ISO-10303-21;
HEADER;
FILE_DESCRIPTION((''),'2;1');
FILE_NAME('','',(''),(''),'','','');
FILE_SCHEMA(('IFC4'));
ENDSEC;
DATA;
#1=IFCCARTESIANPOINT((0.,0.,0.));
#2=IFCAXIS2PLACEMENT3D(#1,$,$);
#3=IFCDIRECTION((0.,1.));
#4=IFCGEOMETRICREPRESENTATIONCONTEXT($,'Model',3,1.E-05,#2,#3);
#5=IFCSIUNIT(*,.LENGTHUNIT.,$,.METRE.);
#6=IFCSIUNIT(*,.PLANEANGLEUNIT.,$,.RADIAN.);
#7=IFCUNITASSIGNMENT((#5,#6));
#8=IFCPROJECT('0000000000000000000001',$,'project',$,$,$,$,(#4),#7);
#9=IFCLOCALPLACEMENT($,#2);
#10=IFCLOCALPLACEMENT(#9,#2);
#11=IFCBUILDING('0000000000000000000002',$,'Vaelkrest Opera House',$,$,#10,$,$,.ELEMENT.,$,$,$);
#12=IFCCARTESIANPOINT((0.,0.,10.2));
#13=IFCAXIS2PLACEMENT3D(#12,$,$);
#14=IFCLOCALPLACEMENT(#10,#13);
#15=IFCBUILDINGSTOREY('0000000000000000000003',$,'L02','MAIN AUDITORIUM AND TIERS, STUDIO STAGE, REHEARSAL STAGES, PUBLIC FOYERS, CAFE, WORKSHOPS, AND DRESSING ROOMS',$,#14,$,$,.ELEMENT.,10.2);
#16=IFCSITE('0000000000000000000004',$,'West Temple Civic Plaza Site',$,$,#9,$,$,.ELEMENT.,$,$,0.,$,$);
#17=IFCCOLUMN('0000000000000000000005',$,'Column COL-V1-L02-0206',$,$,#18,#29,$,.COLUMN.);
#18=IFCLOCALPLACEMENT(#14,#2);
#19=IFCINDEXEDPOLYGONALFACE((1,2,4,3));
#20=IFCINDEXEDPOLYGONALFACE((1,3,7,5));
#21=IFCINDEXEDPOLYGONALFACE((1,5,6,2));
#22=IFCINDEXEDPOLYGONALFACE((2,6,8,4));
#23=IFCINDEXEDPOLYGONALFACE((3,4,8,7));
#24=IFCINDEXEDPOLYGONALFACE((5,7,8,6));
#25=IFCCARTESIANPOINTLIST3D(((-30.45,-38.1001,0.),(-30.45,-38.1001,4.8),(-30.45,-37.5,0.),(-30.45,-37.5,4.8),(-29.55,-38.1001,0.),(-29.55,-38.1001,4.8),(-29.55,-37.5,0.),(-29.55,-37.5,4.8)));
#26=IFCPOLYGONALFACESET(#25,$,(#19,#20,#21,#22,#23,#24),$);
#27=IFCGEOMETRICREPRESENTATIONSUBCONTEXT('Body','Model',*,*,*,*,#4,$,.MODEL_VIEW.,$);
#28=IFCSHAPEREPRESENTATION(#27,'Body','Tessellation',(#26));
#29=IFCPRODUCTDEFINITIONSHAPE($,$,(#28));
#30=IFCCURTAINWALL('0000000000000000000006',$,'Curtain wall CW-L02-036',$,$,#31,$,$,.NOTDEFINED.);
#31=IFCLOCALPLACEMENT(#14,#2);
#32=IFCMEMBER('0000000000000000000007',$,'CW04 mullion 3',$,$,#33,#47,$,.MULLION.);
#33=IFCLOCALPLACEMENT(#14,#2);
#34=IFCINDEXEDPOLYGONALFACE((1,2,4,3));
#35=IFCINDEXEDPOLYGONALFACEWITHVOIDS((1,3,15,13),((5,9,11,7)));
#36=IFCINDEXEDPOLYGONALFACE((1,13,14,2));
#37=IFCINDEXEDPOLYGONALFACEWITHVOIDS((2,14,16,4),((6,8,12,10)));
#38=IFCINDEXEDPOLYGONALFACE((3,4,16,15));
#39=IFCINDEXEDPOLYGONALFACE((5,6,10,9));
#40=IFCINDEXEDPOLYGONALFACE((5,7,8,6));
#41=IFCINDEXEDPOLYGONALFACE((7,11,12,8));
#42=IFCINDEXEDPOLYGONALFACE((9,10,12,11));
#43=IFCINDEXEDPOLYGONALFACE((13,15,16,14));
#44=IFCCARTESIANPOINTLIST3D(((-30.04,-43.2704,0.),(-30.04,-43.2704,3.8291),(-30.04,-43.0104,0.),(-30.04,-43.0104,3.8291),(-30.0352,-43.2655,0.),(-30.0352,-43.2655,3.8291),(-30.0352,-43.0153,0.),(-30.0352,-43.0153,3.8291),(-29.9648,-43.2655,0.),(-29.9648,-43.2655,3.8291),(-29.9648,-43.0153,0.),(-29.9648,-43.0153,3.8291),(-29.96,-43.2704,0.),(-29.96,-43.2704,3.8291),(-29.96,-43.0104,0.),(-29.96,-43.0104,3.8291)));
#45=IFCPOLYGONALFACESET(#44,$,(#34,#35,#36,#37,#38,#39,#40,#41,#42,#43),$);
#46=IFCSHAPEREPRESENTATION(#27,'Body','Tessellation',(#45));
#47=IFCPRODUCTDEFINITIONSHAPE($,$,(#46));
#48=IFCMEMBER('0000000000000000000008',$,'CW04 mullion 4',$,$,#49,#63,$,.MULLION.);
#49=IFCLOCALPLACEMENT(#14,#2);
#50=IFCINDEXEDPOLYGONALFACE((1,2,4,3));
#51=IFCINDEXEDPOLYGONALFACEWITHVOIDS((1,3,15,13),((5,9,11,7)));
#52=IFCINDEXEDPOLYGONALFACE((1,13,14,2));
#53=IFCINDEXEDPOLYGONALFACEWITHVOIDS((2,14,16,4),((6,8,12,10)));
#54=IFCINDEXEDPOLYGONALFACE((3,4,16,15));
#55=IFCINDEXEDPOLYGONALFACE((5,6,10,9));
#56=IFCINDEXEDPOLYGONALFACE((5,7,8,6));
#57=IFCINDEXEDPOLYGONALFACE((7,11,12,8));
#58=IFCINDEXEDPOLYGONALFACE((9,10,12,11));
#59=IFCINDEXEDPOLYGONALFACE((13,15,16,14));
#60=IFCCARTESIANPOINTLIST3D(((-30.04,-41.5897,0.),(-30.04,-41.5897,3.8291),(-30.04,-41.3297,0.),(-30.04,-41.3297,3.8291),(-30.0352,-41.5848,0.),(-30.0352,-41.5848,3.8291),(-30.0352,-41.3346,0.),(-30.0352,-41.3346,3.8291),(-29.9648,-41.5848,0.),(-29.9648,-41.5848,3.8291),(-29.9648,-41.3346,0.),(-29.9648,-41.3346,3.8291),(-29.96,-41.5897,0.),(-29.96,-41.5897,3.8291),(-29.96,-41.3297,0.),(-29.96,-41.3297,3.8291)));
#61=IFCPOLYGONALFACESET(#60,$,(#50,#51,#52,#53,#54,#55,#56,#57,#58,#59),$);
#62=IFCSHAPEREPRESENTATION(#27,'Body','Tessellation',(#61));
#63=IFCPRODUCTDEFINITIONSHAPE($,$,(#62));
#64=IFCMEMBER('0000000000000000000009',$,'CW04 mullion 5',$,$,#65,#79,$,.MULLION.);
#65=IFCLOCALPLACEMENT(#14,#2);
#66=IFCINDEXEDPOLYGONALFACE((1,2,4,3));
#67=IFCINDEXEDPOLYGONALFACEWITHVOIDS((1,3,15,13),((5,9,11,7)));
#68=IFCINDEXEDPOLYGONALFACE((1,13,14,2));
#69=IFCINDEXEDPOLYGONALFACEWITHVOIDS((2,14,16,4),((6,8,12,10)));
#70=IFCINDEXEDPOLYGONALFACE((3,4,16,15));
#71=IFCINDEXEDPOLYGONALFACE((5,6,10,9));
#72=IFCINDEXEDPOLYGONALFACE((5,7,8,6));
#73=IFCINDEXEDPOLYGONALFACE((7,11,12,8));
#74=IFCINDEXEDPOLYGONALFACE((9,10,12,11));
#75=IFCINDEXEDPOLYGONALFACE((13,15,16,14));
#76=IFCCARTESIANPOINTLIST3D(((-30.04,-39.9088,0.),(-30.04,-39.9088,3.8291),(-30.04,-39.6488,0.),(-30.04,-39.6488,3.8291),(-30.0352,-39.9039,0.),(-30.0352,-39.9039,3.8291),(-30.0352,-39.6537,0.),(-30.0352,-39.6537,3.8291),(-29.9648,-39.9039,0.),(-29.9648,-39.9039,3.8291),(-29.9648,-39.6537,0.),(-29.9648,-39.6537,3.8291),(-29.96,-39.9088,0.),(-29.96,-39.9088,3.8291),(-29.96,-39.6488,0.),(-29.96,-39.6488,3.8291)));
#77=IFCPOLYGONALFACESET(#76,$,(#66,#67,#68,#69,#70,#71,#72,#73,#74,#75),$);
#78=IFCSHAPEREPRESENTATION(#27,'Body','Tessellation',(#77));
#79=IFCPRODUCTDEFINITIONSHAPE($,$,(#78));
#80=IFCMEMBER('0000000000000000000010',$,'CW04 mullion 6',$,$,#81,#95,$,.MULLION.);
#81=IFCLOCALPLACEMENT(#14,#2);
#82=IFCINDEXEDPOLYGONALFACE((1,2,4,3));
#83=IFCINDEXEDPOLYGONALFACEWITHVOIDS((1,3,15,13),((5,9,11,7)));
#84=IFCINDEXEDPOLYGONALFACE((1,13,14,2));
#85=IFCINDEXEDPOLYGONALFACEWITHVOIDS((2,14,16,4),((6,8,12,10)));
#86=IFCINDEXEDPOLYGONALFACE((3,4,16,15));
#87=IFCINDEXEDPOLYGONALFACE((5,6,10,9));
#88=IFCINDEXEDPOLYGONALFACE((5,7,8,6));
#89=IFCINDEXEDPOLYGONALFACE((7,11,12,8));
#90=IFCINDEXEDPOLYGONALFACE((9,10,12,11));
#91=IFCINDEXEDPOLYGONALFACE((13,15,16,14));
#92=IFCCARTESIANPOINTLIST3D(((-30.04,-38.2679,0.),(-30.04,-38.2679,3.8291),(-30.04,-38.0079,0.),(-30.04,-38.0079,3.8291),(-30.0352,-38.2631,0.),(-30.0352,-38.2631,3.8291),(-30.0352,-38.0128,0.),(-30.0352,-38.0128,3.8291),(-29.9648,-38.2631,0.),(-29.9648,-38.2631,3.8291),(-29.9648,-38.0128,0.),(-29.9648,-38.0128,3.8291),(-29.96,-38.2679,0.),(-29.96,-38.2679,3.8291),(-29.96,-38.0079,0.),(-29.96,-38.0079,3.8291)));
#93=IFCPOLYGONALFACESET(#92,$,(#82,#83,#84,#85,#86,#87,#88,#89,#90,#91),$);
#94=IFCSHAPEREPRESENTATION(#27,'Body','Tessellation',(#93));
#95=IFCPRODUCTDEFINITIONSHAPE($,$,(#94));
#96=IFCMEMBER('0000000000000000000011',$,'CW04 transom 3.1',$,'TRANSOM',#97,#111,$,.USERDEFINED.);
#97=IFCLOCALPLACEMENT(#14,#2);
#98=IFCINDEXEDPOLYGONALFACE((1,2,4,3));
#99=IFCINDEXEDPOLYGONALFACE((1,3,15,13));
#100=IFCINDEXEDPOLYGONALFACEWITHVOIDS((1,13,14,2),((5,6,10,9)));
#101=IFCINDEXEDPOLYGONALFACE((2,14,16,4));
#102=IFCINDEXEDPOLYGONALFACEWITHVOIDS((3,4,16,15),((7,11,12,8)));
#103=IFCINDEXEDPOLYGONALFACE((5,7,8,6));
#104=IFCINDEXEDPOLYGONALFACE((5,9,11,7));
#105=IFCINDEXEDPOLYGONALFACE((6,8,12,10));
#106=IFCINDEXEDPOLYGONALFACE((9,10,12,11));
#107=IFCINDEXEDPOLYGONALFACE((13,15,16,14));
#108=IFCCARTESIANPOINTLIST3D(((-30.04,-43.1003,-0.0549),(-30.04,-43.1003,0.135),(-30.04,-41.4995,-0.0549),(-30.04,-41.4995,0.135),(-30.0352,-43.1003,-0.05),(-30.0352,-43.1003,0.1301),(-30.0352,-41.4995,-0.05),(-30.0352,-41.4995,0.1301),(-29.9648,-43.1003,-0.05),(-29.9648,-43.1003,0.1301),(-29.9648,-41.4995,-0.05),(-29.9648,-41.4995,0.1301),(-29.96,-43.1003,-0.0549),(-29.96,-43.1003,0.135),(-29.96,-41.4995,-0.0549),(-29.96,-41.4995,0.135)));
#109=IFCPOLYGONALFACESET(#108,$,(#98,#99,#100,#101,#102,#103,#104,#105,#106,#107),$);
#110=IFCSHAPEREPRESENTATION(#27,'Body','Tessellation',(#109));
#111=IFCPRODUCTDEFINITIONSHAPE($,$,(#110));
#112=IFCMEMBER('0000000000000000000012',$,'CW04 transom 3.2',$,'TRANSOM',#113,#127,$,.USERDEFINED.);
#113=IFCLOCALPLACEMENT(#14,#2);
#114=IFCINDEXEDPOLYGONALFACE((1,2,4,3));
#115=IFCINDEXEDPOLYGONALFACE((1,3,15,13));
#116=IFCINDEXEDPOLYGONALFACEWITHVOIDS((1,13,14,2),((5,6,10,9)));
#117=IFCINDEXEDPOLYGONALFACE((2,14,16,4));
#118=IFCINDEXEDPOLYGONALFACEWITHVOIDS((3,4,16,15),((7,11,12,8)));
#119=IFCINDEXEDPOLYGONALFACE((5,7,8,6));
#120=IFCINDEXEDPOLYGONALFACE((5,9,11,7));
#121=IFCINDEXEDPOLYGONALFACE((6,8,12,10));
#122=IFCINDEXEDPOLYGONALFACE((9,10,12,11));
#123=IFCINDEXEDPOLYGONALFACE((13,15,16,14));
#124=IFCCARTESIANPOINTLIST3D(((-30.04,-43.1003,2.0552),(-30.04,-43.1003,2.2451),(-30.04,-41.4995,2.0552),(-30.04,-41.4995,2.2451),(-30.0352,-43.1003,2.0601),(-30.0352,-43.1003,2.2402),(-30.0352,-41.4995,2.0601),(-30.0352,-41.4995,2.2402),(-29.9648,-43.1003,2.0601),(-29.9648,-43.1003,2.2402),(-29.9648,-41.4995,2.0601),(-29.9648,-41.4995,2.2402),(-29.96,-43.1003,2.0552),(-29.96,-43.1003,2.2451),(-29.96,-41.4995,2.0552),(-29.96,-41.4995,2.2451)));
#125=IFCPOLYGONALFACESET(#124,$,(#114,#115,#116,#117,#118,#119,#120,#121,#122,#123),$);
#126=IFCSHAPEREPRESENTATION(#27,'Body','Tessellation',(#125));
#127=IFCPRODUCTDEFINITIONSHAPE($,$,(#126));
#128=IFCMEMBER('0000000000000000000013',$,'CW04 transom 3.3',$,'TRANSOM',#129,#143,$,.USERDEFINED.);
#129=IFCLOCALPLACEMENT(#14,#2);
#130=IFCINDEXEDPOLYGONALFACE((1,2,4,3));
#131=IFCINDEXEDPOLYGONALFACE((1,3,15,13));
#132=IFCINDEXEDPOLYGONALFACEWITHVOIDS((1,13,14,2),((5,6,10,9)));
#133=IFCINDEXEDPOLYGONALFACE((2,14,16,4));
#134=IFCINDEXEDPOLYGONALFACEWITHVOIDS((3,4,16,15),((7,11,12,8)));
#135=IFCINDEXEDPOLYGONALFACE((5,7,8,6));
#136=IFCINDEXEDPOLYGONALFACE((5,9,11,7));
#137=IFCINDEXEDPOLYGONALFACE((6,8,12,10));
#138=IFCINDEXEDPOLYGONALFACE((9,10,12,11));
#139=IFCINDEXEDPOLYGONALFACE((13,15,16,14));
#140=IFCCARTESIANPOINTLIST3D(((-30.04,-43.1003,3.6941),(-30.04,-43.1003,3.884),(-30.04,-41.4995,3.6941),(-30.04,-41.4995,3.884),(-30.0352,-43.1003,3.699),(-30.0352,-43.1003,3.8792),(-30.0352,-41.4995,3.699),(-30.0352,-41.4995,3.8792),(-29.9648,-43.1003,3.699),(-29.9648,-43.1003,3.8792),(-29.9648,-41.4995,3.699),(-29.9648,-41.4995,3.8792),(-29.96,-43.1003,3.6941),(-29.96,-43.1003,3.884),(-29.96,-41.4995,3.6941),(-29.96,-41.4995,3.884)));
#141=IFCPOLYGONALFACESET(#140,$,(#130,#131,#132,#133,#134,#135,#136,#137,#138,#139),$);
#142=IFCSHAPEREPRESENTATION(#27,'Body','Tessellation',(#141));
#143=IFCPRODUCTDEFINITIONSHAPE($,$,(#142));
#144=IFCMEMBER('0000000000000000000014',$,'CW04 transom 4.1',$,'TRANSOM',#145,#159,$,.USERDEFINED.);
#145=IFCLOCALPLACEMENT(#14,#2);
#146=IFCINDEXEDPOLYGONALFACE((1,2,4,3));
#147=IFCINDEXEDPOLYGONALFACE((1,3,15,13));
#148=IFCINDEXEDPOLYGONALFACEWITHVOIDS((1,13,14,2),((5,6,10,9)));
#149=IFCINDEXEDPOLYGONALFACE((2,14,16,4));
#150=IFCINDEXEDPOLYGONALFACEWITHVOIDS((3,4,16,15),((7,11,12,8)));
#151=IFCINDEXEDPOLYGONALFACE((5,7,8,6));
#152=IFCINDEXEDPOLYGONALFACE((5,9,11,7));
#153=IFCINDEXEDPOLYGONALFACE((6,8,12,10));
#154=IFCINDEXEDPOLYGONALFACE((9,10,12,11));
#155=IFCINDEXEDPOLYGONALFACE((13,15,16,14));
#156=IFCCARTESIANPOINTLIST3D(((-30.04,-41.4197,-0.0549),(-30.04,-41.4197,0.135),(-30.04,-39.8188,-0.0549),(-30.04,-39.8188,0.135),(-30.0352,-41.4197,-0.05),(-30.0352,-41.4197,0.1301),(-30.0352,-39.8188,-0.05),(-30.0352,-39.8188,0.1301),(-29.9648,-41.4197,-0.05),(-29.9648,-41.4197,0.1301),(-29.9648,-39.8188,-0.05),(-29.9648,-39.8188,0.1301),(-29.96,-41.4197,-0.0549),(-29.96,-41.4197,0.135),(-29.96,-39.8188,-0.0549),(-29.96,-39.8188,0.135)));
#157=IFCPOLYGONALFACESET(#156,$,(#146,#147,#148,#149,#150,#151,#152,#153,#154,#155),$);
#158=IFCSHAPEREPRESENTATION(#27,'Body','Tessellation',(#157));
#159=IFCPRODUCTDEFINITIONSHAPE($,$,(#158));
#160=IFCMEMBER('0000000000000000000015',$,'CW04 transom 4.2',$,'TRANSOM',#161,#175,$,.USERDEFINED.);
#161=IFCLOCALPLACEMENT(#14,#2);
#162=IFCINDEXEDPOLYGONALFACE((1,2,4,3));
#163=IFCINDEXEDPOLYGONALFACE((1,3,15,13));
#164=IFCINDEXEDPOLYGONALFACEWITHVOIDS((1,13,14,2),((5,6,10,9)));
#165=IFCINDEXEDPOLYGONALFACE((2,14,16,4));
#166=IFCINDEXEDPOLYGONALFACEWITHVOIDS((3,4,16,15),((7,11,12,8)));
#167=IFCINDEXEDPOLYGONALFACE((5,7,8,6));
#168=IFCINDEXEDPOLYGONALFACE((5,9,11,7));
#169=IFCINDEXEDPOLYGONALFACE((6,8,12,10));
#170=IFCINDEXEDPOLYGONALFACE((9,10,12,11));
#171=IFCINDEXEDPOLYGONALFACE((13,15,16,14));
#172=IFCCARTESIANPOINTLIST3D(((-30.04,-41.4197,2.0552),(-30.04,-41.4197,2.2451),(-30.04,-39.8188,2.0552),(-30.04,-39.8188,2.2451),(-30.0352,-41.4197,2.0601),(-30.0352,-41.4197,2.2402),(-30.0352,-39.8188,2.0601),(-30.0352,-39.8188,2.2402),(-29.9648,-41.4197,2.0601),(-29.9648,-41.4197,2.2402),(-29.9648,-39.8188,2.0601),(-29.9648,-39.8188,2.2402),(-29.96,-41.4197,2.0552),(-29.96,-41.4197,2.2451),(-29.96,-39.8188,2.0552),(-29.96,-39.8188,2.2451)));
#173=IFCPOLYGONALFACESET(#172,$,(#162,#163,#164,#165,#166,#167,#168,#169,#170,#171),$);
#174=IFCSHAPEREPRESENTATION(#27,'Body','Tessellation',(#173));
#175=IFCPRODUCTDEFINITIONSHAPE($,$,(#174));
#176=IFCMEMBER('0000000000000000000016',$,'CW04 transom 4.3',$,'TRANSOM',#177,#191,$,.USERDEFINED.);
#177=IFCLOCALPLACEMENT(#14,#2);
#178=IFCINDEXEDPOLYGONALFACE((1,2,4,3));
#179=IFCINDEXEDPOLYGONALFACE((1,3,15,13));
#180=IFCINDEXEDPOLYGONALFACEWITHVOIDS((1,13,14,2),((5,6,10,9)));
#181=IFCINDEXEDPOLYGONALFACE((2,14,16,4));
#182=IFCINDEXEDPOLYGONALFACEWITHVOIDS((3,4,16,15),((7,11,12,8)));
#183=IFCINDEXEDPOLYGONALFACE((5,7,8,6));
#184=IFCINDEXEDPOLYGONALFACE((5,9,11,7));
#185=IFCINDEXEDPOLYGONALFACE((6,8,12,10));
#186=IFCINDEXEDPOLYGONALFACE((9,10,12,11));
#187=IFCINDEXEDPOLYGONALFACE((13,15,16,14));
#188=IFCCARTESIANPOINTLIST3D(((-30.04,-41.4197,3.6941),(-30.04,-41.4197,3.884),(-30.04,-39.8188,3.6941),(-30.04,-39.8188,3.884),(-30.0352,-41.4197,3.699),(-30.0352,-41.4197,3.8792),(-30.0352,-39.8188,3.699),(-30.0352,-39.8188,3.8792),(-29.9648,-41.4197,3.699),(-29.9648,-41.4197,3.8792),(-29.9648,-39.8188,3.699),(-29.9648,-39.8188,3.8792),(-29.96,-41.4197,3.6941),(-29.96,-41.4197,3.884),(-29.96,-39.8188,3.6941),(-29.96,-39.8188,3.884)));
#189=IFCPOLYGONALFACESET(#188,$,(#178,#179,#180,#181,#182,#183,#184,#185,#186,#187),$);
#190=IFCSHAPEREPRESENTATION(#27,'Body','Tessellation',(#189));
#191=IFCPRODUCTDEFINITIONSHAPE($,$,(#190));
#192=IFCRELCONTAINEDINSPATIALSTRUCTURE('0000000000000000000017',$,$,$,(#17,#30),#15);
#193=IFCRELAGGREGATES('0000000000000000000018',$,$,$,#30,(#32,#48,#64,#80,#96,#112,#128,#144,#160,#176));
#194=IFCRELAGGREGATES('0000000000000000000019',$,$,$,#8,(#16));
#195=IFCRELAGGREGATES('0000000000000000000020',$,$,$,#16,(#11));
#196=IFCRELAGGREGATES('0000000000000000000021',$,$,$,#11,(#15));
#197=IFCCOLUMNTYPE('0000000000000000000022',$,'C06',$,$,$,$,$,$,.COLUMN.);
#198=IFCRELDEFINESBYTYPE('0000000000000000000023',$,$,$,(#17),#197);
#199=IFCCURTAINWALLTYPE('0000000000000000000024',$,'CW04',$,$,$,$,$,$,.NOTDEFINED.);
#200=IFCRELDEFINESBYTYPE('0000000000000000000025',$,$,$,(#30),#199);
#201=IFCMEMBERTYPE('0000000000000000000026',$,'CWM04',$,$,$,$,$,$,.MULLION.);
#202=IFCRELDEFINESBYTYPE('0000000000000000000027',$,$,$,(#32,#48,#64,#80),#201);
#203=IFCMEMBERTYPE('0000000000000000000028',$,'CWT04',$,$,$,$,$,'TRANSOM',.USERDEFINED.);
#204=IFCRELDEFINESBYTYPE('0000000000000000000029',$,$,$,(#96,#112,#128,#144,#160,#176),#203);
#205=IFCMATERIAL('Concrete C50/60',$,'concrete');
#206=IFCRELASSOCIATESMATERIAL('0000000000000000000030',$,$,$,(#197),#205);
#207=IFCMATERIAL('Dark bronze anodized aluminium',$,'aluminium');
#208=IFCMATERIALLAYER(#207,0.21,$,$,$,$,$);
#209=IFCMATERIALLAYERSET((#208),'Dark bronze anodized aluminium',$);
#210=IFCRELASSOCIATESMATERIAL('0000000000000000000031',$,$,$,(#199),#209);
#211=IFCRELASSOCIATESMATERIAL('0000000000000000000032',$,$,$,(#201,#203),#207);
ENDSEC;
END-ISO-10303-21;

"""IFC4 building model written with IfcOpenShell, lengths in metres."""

from ifc_helpers import new_model, si_unit, direction, frame, origin, origin_2d, place, context, subcontext, project, spatial, rectangle, hollow_rectangle, extrude, material, layer, layer_set, material_profile, profile_set, type_object, element, aggregate, save


model = new_model("IFC4")

# Units and contexts
model_context = context("Model", 3, precision=1e-05, world=origin(), true_north=direction((0.0, 1.0)))
body_context = subcontext(model_context, "Body", "Model", "MODEL_VIEW")
ifc_project = project(units=[si_unit("LENGTHUNIT", "METRE"), si_unit("PLANEANGLEUNIT", "RADIAN")], contexts=[model_context])

# Site, building, storey
site_placement = place(None, origin())
site = spatial("IfcSite", under=ifc_project, at=site_placement, Name="West Temple Civic Plaza Site", CompositionType="ELEMENT", RefElevation=0.0)
building_placement = place(site_placement, origin())
building = spatial("IfcBuilding", under=site, at=building_placement, Name="Vaelkrest Opera House", CompositionType="ELEMENT")
storey_placement = place(building_placement, frame((0.0, 0.0, 10.2)))
storey = spatial("IfcBuildingStorey", under=building, at=storey_placement, Name="L02", Description="MAIN AUDITORIUM AND TIERS, STUDIO STAGE, REHEARSAL STAGES, PUBLIC FOYERS, CAFE, WORKSHOPS, AND DRESSING ROOMS", CompositionType="ELEMENT", Elevation=10.2)

# Column
ifc_material_1 = material(Name="Concrete C50/60", Category="concrete")
ifc_material_profile_1 = material_profile(ifc_material_1, rectangle(XDim=0.6001, YDim=0.8999, at=origin_2d()), Name="RC600X900")
ifc_profile_set_1 = profile_set([ifc_material_profile_1], Name="Concrete C50/60")
column_type = type_object("IfcColumnType", Name="C06", PredefinedType="COLUMN", material=ifc_profile_set_1)
column_placement = place(storey_placement, frame((-30.0, -37.8, 0.0), z_axis=(0.0, 0.0, 1.0), x_axis=(0.0, 1.0, 0.0)))
element("IfcColumn", 1, at=column_placement, inside=storey, type_object=column_type, Name="Column COL-V1-L02-0206", PredefinedType="COLUMN", context=body_context, shape_type="SweptSolid", body=[
    extrude(rectangle(XDim=0.6001, YDim=0.8999, at=origin_2d()), origin(), (0.0, 0.0, 1.0), 4.8),
])

# Curtain wall, members
ifc_material_2 = material(Name="Dark bronze anodized aluminium", Category="aluminium")
ifc_layer_1 = layer(ifc_material_2, 0.21)
ifc_layer_set_1 = layer_set([ifc_layer_1], Name="Dark bronze anodized aluminium")
curtain_wall_type = type_object("IfcCurtainWallType", Name="CW04", PredefinedType="NOTDEFINED", material=ifc_layer_set_1)
curtain_wall_placement = place(storey_placement, origin())
curtain_wall = element("IfcCurtainWall", 2, at=curtain_wall_placement, inside=storey, type_object=curtain_wall_type, Name="Curtain wall CW-L02-036", PredefinedType="NOTDEFINED")
ifc_material_profile_2 = material_profile(ifc_material_2, hollow_rectangle(XDim=0.0801, YDim=0.26, WallThickness=0.0049, at=origin_2d()), Name="CWM80X260")
ifc_profile_set_2 = profile_set([ifc_material_profile_2], Name="Dark bronze anodized aluminium")
member_type_1 = type_object("IfcMemberType", Name="CWM04", PredefinedType="MULLION", material=ifc_profile_set_2)
member_1_placement = place(storey_placement, frame((-30.0, -43.1404, 0.0), z_axis=(0.0, 0.0, 1.0), x_axis=(-1.0, 0.0, 0.0)))
member_1 = element("IfcMember", 3, at=member_1_placement, type_object=member_type_1, Name="CW04 mullion 3", PredefinedType="MULLION", context=body_context, shape_type="SweptSolid", body=[
    extrude(hollow_rectangle(XDim=0.0801, YDim=0.26, WallThickness=0.0049, at=origin_2d()), origin(), (0.0, 0.0, 1.0), 3.8291),
])
member_2_placement = place(storey_placement, frame((-30.0, -41.4597, 0.0), z_axis=(0.0, 0.0, 1.0), x_axis=(-1.0, 0.0, 0.0)))
member_2 = element("IfcMember", 4, at=member_2_placement, type_object=member_type_1, Name="CW04 mullion 4", PredefinedType="MULLION", context=body_context, shape_type="SweptSolid", body=[
    extrude(hollow_rectangle(XDim=0.0801, YDim=0.26, WallThickness=0.0049, at=origin_2d()), origin(), (0.0, 0.0, 1.0), 3.8291),
])
member_3_placement = place(storey_placement, frame((-30.0, -39.7788, 0.0), z_axis=(0.0, 0.0, 1.0), x_axis=(-1.0, 0.0, 0.0)))
member_3 = element("IfcMember", 5, at=member_3_placement, type_object=member_type_1, Name="CW04 mullion 5", PredefinedType="MULLION", context=body_context, shape_type="SweptSolid", body=[
    extrude(hollow_rectangle(XDim=0.0801, YDim=0.26, WallThickness=0.0049, at=origin_2d()), origin(), (0.0, 0.0, 1.0), 3.8291),
])
member_4_placement = place(storey_placement, frame((-30.0, -38.1379, 0.0), z_axis=(0.0, 0.0, 1.0), x_axis=(-1.0, 0.0, 0.0)))
member_4 = element("IfcMember", 6, at=member_4_placement, type_object=member_type_1, Name="CW04 mullion 6", PredefinedType="MULLION", context=body_context, shape_type="SweptSolid", body=[
    extrude(hollow_rectangle(XDim=0.0801, YDim=0.26, WallThickness=0.0049, at=origin_2d()), origin(), (0.0, 0.0, 1.0), 3.8291),
])
ifc_material_profile_3 = material_profile(ifc_material_2, hollow_rectangle(XDim=0.0801, YDim=0.1899, WallThickness=0.0049, at=origin_2d()), Name="CWT80X190")
ifc_profile_set_3 = profile_set([ifc_material_profile_3], Name="Dark bronze anodized aluminium")
member_type_2 = type_object("IfcMemberType", Name="CWT04", ElementType="TRANSOM", PredefinedType="USERDEFINED", material=ifc_profile_set_3)
member_5_placement = place(storey_placement, frame((-30.0, -43.1003, 0.04), z_axis=(0.0, 1.0, 0.0), x_axis=(-1.0, 0.0, 0.0)))
member_5 = element("IfcMember", 7, at=member_5_placement, type_object=member_type_2, Name="CW04 transom 3.1", ObjectType="TRANSOM", PredefinedType="USERDEFINED", context=body_context, shape_type="SweptSolid", body=[
    extrude(hollow_rectangle(XDim=0.0801, YDim=0.1899, WallThickness=0.0049, at=origin_2d()), origin(), (0.0, 0.0, 1.0), 1.6008),
])
member_6_placement = place(storey_placement, frame((-30.0, -43.1003, 2.1501), z_axis=(0.0, 1.0, 0.0), x_axis=(-1.0, 0.0, 0.0)))
member_6 = element("IfcMember", 8, at=member_6_placement, type_object=member_type_2, Name="CW04 transom 3.2", ObjectType="TRANSOM", PredefinedType="USERDEFINED", context=body_context, shape_type="SweptSolid", body=[
    extrude(hollow_rectangle(XDim=0.0801, YDim=0.1899, WallThickness=0.0049, at=origin_2d()), origin(), (0.0, 0.0, 1.0), 1.6008),
])
member_7_placement = place(storey_placement, frame((-30.0, -43.1003, 3.7891), z_axis=(0.0, 1.0, 0.0), x_axis=(-1.0, 0.0, 0.0)))
member_7 = element("IfcMember", 9, at=member_7_placement, type_object=member_type_2, Name="CW04 transom 3.3", ObjectType="TRANSOM", PredefinedType="USERDEFINED", context=body_context, shape_type="SweptSolid", body=[
    extrude(hollow_rectangle(XDim=0.0801, YDim=0.1899, WallThickness=0.0049, at=origin_2d()), origin(), (0.0, 0.0, 1.0), 1.6008),
])
member_8_placement = place(storey_placement, frame((-30.0, -41.4197, 0.04), z_axis=(0.0, 1.0, 0.0), x_axis=(-1.0, 0.0, 0.0)))
member_8 = element("IfcMember", 10, at=member_8_placement, type_object=member_type_2, Name="CW04 transom 4.1", ObjectType="TRANSOM", PredefinedType="USERDEFINED", context=body_context, shape_type="SweptSolid", body=[
    extrude(hollow_rectangle(XDim=0.0801, YDim=0.1899, WallThickness=0.0049, at=origin_2d()), origin(), (0.0, 0.0, 1.0), 1.6008),
])
member_9_placement = place(storey_placement, frame((-30.0, -41.4197, 2.1501), z_axis=(0.0, 1.0, 0.0), x_axis=(-1.0, 0.0, 0.0)))
member_9 = element("IfcMember", 11, at=member_9_placement, type_object=member_type_2, Name="CW04 transom 4.2", ObjectType="TRANSOM", PredefinedType="USERDEFINED", context=body_context, shape_type="SweptSolid", body=[
    extrude(hollow_rectangle(XDim=0.0801, YDim=0.1899, WallThickness=0.0049, at=origin_2d()), origin(), (0.0, 0.0, 1.0), 1.6008),
])
member_10_placement = place(storey_placement, frame((-30.0, -41.4197, 3.7891), z_axis=(0.0, 1.0, 0.0), x_axis=(-1.0, 0.0, 0.0)))
member_10 = element("IfcMember", 12, at=member_10_placement, type_object=member_type_2, Name="CW04 transom 4.3", ObjectType="TRANSOM", PredefinedType="USERDEFINED", context=body_context, shape_type="SweptSolid", body=[
    extrude(hollow_rectangle(XDim=0.0801, YDim=0.1899, WallThickness=0.0049, at=origin_2d()), origin(), (0.0, 0.0, 1.0), 1.6008),
])

aggregate(curtain_wall, [member_1, member_2, member_3, member_4, member_5, member_6, member_7, member_8, member_9, member_10])

save(model, "model.ifc")
